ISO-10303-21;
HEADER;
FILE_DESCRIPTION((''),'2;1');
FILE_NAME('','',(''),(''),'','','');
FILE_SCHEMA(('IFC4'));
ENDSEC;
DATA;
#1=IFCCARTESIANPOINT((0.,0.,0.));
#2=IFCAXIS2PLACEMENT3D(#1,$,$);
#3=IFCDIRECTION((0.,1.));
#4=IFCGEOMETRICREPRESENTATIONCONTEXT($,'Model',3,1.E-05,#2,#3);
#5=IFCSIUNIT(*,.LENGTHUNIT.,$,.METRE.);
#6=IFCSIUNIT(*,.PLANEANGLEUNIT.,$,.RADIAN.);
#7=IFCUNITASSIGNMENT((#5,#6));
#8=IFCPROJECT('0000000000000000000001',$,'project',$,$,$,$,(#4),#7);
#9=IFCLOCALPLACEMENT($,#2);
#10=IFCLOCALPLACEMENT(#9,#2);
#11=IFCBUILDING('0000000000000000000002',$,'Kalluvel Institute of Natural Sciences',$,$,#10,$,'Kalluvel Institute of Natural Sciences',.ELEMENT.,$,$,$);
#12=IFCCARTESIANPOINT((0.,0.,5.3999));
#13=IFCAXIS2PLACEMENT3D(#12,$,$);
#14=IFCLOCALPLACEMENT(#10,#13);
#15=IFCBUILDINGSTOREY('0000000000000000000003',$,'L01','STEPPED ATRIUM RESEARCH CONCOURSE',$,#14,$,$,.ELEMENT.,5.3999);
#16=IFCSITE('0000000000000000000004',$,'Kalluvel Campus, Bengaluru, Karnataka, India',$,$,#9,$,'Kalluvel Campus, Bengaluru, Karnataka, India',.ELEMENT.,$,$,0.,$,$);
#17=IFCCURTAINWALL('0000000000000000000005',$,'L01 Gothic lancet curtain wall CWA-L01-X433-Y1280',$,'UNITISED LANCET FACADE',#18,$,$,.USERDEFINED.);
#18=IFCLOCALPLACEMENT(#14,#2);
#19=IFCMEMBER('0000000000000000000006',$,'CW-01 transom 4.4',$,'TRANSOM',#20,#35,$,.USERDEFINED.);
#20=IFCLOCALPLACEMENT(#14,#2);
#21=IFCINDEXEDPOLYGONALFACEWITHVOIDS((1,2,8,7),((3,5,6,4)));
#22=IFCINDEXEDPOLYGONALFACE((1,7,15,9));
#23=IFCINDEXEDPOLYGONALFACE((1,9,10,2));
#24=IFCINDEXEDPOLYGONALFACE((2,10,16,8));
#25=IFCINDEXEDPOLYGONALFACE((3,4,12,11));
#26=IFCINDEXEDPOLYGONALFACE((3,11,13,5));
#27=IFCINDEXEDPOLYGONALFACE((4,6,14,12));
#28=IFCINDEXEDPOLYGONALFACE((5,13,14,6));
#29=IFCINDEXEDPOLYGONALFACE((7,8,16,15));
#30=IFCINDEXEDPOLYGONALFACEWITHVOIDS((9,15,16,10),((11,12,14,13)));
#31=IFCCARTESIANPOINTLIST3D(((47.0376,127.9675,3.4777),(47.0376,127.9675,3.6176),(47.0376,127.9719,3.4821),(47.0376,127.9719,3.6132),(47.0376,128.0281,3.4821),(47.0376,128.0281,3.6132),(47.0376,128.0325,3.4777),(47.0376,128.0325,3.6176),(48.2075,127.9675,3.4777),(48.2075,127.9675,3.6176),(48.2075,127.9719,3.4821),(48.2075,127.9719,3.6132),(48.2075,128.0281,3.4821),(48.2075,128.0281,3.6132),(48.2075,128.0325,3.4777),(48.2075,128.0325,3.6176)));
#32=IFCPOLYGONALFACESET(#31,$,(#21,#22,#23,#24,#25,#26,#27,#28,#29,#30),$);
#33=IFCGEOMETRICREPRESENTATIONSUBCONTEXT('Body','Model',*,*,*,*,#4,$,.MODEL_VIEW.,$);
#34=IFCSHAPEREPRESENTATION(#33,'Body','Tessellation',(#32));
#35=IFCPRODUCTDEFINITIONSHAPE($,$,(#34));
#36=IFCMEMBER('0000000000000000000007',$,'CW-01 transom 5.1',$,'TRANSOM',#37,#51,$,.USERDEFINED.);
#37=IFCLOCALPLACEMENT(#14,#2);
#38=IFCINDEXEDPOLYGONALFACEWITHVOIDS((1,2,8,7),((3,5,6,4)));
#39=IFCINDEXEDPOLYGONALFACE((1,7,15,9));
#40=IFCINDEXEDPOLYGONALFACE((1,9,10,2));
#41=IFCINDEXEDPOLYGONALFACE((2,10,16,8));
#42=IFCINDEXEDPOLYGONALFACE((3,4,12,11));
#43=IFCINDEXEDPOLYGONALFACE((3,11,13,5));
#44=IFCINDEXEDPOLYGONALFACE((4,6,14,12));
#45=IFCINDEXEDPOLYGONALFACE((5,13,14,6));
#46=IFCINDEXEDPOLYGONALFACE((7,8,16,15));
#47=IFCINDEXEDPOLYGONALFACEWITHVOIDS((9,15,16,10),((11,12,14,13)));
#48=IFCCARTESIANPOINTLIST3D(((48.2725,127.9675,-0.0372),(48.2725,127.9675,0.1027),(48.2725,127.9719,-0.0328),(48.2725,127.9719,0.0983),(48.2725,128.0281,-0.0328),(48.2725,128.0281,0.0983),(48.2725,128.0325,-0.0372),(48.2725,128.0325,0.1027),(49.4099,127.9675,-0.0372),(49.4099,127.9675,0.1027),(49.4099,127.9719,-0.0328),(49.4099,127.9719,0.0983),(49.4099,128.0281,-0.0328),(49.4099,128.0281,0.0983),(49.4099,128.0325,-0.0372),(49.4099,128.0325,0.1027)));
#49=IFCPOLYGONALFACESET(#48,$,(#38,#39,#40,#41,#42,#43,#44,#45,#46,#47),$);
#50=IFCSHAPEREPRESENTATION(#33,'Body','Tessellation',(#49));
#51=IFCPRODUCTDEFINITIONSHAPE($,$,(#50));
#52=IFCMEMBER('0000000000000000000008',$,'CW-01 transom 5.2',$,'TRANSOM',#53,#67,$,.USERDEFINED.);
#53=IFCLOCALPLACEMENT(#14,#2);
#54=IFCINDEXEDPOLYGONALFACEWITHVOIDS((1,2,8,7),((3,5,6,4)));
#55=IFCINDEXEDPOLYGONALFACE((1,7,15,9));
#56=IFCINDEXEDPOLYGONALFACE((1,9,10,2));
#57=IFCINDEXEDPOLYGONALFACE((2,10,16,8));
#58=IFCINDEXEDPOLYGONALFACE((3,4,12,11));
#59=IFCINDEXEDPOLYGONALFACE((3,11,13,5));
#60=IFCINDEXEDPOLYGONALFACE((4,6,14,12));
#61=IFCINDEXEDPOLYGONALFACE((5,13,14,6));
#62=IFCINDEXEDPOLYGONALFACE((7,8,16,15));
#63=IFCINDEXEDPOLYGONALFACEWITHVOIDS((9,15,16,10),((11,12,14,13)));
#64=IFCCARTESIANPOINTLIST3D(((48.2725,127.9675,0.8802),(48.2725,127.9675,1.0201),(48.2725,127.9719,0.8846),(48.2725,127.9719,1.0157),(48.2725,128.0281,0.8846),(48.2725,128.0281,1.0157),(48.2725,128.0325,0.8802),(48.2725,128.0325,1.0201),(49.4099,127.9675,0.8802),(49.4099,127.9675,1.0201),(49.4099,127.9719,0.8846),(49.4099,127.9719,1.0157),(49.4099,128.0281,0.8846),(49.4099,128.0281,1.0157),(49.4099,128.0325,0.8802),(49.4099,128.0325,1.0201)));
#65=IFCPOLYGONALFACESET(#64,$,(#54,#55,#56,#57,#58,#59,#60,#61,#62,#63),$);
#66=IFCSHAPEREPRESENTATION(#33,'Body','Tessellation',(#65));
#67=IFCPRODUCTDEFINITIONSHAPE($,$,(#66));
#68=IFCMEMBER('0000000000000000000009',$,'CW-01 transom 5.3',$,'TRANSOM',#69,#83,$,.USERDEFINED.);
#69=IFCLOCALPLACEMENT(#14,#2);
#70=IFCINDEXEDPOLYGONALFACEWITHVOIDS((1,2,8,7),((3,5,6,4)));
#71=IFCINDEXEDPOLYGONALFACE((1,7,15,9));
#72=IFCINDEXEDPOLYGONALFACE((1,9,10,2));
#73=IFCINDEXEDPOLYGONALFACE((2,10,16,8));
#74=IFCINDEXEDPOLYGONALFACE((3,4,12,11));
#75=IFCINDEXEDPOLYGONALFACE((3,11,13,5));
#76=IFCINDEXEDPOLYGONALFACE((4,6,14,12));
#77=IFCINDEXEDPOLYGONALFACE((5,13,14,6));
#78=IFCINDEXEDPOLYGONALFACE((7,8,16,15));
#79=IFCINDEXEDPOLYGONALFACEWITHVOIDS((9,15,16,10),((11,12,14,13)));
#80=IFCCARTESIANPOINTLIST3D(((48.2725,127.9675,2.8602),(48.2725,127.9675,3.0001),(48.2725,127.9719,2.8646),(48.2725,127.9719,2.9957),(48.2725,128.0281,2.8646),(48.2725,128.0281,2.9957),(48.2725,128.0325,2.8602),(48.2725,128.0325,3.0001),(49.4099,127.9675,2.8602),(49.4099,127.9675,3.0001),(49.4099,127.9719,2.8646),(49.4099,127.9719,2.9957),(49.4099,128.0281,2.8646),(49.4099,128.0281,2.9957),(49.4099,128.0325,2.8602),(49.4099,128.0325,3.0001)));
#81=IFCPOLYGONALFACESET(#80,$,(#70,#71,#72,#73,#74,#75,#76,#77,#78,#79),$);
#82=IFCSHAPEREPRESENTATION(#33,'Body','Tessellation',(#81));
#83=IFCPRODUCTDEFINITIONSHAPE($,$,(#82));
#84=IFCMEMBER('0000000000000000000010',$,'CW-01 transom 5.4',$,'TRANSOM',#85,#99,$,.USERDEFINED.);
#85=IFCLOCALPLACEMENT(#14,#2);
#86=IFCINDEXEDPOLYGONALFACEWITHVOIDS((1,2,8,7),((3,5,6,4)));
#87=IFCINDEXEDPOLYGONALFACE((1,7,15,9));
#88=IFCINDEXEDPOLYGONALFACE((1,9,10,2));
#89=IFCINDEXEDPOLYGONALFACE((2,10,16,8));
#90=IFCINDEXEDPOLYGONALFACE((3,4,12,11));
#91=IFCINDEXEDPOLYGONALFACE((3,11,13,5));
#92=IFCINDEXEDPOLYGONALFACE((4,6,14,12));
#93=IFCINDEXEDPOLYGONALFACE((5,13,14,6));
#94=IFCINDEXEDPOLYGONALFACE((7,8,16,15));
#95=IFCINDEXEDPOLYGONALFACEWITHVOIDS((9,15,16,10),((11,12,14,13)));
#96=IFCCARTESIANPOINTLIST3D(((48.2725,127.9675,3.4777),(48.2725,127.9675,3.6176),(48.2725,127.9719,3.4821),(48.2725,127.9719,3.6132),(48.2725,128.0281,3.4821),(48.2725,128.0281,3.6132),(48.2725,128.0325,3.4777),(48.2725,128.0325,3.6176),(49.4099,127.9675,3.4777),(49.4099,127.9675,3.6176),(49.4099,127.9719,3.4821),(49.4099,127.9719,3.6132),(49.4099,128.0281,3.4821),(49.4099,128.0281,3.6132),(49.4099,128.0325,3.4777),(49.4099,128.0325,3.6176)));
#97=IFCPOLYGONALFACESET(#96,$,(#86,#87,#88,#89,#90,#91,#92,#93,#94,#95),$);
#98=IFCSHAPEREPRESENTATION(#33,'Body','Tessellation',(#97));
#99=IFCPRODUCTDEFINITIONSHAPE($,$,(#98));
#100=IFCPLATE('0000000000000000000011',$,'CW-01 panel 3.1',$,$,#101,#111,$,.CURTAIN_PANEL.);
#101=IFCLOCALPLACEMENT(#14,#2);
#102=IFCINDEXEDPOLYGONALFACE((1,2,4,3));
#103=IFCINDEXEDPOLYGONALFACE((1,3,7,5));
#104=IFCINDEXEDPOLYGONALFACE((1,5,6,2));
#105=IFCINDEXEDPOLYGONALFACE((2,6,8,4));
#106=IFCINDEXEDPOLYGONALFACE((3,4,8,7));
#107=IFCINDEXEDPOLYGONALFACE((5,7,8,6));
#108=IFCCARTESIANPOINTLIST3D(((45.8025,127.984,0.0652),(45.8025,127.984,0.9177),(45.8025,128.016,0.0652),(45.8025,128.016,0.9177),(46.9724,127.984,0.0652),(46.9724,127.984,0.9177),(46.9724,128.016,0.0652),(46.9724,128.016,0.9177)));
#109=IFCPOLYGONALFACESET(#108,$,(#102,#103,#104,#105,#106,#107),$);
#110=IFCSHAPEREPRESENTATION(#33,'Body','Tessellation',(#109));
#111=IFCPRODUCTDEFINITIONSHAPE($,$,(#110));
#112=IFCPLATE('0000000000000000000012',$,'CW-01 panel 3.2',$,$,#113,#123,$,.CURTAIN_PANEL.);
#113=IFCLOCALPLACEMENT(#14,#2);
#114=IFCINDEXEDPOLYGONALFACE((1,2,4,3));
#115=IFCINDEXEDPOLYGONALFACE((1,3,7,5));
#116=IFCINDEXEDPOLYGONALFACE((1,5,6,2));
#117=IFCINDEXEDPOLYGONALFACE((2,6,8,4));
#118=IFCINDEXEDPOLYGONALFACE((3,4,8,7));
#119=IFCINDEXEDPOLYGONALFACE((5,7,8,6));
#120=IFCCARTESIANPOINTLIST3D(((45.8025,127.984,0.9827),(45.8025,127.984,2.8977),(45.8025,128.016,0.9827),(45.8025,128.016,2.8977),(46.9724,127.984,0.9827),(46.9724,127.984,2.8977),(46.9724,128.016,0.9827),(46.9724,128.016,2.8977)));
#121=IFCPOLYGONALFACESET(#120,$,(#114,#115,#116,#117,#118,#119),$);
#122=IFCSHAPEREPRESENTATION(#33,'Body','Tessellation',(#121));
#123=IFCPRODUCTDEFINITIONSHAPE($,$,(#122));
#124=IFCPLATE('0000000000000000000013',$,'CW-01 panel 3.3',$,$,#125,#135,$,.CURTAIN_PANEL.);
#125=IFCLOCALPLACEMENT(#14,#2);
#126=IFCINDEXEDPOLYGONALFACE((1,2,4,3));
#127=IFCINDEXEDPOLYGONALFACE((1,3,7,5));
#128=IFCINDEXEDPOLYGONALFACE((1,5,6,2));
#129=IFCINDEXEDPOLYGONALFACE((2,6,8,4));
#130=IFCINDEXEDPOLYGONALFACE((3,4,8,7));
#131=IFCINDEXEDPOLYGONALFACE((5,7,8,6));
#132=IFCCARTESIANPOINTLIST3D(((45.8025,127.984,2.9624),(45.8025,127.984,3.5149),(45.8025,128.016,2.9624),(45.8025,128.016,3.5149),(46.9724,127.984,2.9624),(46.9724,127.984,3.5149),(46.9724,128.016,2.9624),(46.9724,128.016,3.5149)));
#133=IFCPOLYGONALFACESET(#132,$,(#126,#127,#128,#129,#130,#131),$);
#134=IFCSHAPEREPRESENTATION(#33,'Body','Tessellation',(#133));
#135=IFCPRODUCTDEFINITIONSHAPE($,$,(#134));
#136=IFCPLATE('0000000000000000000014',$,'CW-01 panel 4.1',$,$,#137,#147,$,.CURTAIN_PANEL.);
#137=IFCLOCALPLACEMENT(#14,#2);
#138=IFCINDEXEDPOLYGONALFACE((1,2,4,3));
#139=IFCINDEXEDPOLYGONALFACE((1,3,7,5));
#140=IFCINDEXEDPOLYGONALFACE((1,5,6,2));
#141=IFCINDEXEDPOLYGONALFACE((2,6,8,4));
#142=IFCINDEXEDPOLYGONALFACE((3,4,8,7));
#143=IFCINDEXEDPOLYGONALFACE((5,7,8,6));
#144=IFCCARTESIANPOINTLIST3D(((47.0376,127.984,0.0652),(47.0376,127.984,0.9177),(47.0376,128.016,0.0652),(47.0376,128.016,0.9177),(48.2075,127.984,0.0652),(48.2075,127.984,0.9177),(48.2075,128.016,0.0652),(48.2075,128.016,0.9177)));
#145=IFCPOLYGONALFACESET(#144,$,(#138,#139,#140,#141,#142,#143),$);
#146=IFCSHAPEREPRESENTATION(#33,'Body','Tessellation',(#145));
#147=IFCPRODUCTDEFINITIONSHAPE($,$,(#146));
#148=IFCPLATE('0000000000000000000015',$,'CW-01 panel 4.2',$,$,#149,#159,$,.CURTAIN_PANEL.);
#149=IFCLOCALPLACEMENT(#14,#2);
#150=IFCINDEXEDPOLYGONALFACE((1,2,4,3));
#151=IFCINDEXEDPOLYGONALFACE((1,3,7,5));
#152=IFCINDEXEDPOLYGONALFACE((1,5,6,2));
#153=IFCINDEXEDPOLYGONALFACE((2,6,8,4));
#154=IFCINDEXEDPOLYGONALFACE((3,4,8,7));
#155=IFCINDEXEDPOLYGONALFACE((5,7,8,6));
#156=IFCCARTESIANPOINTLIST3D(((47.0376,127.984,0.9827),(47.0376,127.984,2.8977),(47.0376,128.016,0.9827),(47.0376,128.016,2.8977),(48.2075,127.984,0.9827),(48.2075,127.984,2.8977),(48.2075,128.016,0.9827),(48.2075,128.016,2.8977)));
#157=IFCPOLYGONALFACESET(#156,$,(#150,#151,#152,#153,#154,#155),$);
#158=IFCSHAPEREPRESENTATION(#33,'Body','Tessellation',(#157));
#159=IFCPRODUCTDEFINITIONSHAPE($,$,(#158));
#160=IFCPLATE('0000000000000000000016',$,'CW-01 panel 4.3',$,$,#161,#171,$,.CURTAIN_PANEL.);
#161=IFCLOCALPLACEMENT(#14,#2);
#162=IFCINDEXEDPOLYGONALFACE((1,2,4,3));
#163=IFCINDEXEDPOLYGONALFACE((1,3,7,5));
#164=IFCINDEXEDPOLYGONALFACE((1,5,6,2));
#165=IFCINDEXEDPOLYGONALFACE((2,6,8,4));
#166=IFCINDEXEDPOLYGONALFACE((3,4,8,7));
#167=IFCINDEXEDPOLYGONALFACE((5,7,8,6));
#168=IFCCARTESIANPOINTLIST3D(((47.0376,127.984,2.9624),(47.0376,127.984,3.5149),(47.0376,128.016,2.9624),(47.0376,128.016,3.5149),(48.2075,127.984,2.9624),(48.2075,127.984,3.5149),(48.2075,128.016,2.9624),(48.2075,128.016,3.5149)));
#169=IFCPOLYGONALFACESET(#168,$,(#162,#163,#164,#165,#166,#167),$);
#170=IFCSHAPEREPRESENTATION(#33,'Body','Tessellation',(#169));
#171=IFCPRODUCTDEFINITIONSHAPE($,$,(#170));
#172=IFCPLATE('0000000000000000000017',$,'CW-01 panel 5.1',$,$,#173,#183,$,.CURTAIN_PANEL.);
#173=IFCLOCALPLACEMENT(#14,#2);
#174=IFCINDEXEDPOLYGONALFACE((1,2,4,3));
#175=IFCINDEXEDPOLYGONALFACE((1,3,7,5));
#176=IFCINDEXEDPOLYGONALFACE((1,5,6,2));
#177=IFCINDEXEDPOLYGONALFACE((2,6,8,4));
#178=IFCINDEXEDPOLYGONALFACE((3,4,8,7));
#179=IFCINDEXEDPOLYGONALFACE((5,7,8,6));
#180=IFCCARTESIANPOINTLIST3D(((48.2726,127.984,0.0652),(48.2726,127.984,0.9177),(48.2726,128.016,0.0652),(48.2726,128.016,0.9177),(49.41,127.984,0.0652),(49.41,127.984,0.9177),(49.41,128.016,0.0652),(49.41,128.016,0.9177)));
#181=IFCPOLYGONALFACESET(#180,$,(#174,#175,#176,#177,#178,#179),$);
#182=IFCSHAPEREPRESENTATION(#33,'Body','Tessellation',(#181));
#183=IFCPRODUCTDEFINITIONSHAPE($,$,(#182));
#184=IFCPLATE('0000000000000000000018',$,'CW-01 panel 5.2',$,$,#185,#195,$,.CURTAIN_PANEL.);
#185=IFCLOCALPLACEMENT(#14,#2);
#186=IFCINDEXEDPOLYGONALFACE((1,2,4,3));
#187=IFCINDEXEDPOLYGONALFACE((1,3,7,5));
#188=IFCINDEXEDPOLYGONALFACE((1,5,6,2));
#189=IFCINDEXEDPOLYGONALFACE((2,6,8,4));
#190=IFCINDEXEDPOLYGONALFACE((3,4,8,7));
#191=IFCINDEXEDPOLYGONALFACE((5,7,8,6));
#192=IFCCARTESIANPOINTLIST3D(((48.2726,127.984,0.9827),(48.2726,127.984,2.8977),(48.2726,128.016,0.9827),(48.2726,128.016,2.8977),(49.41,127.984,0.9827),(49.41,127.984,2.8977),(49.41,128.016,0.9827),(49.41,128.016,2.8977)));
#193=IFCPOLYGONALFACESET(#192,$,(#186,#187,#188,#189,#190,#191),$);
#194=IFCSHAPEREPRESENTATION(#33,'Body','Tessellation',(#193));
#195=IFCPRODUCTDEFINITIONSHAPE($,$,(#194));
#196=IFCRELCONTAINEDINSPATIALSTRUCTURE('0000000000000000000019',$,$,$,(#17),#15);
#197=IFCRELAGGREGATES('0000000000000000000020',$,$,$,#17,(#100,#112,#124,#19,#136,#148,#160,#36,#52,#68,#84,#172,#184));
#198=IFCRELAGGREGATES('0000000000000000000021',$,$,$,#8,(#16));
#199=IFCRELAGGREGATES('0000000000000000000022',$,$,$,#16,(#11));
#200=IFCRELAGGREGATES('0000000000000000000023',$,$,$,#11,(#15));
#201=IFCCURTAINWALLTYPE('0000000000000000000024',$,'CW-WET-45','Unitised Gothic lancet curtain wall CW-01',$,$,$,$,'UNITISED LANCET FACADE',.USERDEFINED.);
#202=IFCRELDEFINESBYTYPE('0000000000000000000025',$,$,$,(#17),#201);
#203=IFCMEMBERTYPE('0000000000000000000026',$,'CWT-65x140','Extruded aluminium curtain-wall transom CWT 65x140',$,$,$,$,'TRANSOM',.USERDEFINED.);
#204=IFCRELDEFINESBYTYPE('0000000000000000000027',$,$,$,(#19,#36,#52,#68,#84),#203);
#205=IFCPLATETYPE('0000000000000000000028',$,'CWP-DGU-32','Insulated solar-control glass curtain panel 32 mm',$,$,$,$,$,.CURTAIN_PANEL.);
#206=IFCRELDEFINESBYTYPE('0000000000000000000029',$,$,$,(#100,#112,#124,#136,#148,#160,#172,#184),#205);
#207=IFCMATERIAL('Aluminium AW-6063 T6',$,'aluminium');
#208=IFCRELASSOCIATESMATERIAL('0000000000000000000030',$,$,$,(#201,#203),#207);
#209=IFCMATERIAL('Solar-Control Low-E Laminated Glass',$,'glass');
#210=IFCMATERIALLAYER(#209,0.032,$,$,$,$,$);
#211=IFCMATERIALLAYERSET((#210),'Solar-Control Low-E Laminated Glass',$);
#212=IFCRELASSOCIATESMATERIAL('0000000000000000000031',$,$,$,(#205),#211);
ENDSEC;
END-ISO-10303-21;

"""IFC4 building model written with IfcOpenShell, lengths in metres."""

from ifc_helpers import new_model, si_unit, direction, frame, origin, origin_2d, place, context, subcontext, project, spatial, rectangle, hollow_rectangle, extrude, material, layer, layer_set, material_profile, profile_set, type_object, element, aggregate, save


model = new_model("IFC4")

# Units and contexts
model_context = context("Model", 3, precision=1e-05, world=origin(), true_north=direction((0.0, 1.0)))
body_context = subcontext(model_context, "Body", "Model", "MODEL_VIEW")
ifc_project = project(units=[si_unit("LENGTHUNIT", "METRE"), si_unit("PLANEANGLEUNIT", "RADIAN")], contexts=[model_context])

# Site, building, storey
site_placement = place(None, origin())
site = spatial("IfcSite", under=ifc_project, at=site_placement, Name="Kalluvel Campus, Bengaluru, Karnataka, India", LongName="Kalluvel Campus, Bengaluru, Karnataka, India", CompositionType="ELEMENT", RefElevation=0.0)
building_placement = place(site_placement, origin())
building = spatial("IfcBuilding", under=site, at=building_placement, Name="Kalluvel Institute of Natural Sciences", LongName="Kalluvel Institute of Natural Sciences", CompositionType="ELEMENT")
storey_placement = place(building_placement, frame((0.0, 0.0, 5.3999)))
storey = spatial("IfcBuildingStorey", under=building, at=storey_placement, Name="L01", Description="STEPPED ATRIUM RESEARCH CONCOURSE", CompositionType="ELEMENT", Elevation=5.3999)

# Curtain wall, members, plates
ifc_material_1 = material(Name="Aluminium AW-6063 T6", Category="aluminium")
curtain_wall_type = type_object("IfcCurtainWallType", Name="CW-WET-45", Description="Unitised Gothic lancet curtain wall CW-01", ElementType="UNITISED LANCET FACADE", PredefinedType="USERDEFINED", material=ifc_material_1)
curtain_wall_placement = place(storey_placement, origin())
curtain_wall = element("IfcCurtainWall", 1, at=curtain_wall_placement, inside=storey, type_object=curtain_wall_type, Name="L01 Gothic lancet curtain wall CWA-L01-X433-Y1280", ObjectType="UNITISED LANCET FACADE", PredefinedType="USERDEFINED")
ifc_material_profile_1 = material_profile(ifc_material_1, hollow_rectangle(XDim=0.0649, YDim=0.1399, WallThickness=0.0044, at=origin_2d()), Name="CWT 65x140")
ifc_profile_set_1 = profile_set([ifc_material_profile_1], Name="Aluminium AW-6063 T6")
member_type_1 = type_object("IfcMemberType", Name="CWT-65x140", Description="Extruded aluminium curtain-wall transom CWT 65x140", ElementType="TRANSOM", PredefinedType="USERDEFINED", material=ifc_profile_set_1)
member_1_placement = place(storey_placement, frame((47.0376, 128.0, 3.5476), z_axis=(1.0, 0.0, 0.0), x_axis=(0.0, 1.0, 0.0)))
member_1 = element("IfcMember", 2, at=member_1_placement, type_object=member_type_1, Name="CW-01 transom 4.4", ObjectType="TRANSOM", PredefinedType="USERDEFINED", context=body_context, shape_type="SweptSolid", body=[
    extrude(hollow_rectangle(XDim=0.0649, YDim=0.1399, WallThickness=0.0044, at=origin_2d()), origin(), (0.0, 0.0, 1.0), 1.1699),
])
member_2_placement = place(storey_placement, frame((48.2725, 128.0, 0.0327), z_axis=(1.0, 0.0, 0.0), x_axis=(0.0, 1.0, 0.0)))
member_2 = element("IfcMember", 3, at=member_2_placement, type_object=member_type_1, Name="CW-01 transom 5.1", ObjectType="TRANSOM", PredefinedType="USERDEFINED", context=body_context, shape_type="SweptSolid", body=[
    extrude(hollow_rectangle(XDim=0.0649, YDim=0.1399, WallThickness=0.0044, at=origin_2d()), origin(), (0.0, 0.0, 1.0), 1.1375),
])
member_3_placement = place(storey_placement, frame((48.2725, 128.0, 0.9502), z_axis=(1.0, 0.0, 0.0), x_axis=(0.0, 1.0, 0.0)))
member_3 = element("IfcMember", 4, at=member_3_placement, type_object=member_type_1, Name="CW-01 transom 5.2", ObjectType="TRANSOM", PredefinedType="USERDEFINED", context=body_context, shape_type="SweptSolid", body=[
    extrude(hollow_rectangle(XDim=0.0649, YDim=0.1399, WallThickness=0.0044, at=origin_2d()), origin(), (0.0, 0.0, 1.0), 1.1375),
])
member_4_placement = place(storey_placement, frame((48.2725, 128.0, 2.9302), z_axis=(1.0, 0.0, 0.0), x_axis=(0.0, 1.0, 0.0)))
member_4 = element("IfcMember", 5, at=member_4_placement, type_object=member_type_1, Name="CW-01 transom 5.3", ObjectType="TRANSOM", PredefinedType="USERDEFINED", context=body_context, shape_type="SweptSolid", body=[
    extrude(hollow_rectangle(XDim=0.0649, YDim=0.1399, WallThickness=0.0044, at=origin_2d()), origin(), (0.0, 0.0, 1.0), 1.1375),
])
member_5_placement = place(storey_placement, frame((48.2725, 128.0, 3.5476), z_axis=(1.0, 0.0, 0.0), x_axis=(0.0, 1.0, 0.0)))
member_5 = element("IfcMember", 6, at=member_5_placement, type_object=member_type_1, Name="CW-01 transom 5.4", ObjectType="TRANSOM", PredefinedType="USERDEFINED", context=body_context, shape_type="SweptSolid", body=[
    extrude(hollow_rectangle(XDim=0.0649, YDim=0.1399, WallThickness=0.0044, at=origin_2d()), origin(), (0.0, 0.0, 1.0), 1.1375),
])
ifc_material_2 = material(Name="Solar-Control Low-E Laminated Glass", Category="glass")
ifc_layer = layer(ifc_material_2, 0.032)
ifc_layer_set = layer_set([ifc_layer], Name="Solar-Control Low-E Laminated Glass")
plate_type = type_object("IfcPlateType", Name="CWP-DGU-32", Description="Insulated solar-control glass curtain panel 32 mm", PredefinedType="CURTAIN_PANEL", material=ifc_layer_set)
plate_1_placement = place(storey_placement, frame((46.3875, 128.0, 0.0652), z_axis=(0.0, 0.0, 1.0), x_axis=(1.0, 0.0, 0.0)))
plate_1 = element("IfcPlate", 7, at=plate_1_placement, type_object=plate_type, Name="CW-01 panel 3.1", PredefinedType="CURTAIN_PANEL", context=body_context, shape_type="SweptSolid", body=[
    extrude(rectangle(XDim=1.1699, YDim=0.032, at=origin_2d()), origin(), (0.0, 0.0, 1.0), 0.8525),
])
plate_2_placement = place(storey_placement, frame((46.3875, 128.0, 0.9827), z_axis=(0.0, 0.0, 1.0), x_axis=(1.0, 0.0, 0.0)))
plate_2 = element("IfcPlate", 8, at=plate_2_placement, type_object=plate_type, Name="CW-01 panel 3.2", PredefinedType="CURTAIN_PANEL", context=body_context, shape_type="SweptSolid", body=[
    extrude(rectangle(XDim=1.1699, YDim=0.032, at=origin_2d()), origin(), (0.0, 0.0, 1.0), 1.915),
])
plate_3_placement = place(storey_placement, frame((46.3875, 128.0, 2.9624), z_axis=(0.0, 0.0, 1.0), x_axis=(1.0, 0.0, 0.0)))
plate_3 = element("IfcPlate", 9, at=plate_3_placement, type_object=plate_type, Name="CW-01 panel 3.3", PredefinedType="CURTAIN_PANEL", context=body_context, shape_type="SweptSolid", body=[
    extrude(rectangle(XDim=1.1699, YDim=0.032, at=origin_2d()), origin(), (0.0, 0.0, 1.0), 0.5525),
])
plate_4_placement = place(storey_placement, frame((47.6226, 128.0, 0.0652), z_axis=(0.0, 0.0, 1.0), x_axis=(1.0, 0.0, 0.0)))
plate_4 = element("IfcPlate", 10, at=plate_4_placement, type_object=plate_type, Name="CW-01 panel 4.1", PredefinedType="CURTAIN_PANEL", context=body_context, shape_type="SweptSolid", body=[
    extrude(rectangle(XDim=1.1699, YDim=0.032, at=origin_2d()), origin(), (0.0, 0.0, 1.0), 0.8525),
])
plate_5_placement = place(storey_placement, frame((47.6226, 128.0, 0.9827), z_axis=(0.0, 0.0, 1.0), x_axis=(1.0, 0.0, 0.0)))
plate_5 = element("IfcPlate", 11, at=plate_5_placement, type_object=plate_type, Name="CW-01 panel 4.2", PredefinedType="CURTAIN_PANEL", context=body_context, shape_type="SweptSolid", body=[
    extrude(rectangle(XDim=1.1699, YDim=0.032, at=origin_2d()), origin(), (0.0, 0.0, 1.0), 1.915),
])
plate_6_placement = place(storey_placement, frame((47.6226, 128.0, 2.9624), z_axis=(0.0, 0.0, 1.0), x_axis=(1.0, 0.0, 0.0)))
plate_6 = element("IfcPlate", 12, at=plate_6_placement, type_object=plate_type, Name="CW-01 panel 4.3", PredefinedType="CURTAIN_PANEL", context=body_context, shape_type="SweptSolid", body=[
    extrude(rectangle(XDim=1.1699, YDim=0.032, at=origin_2d()), origin(), (0.0, 0.0, 1.0), 0.5525),
])
plate_7_placement = place(storey_placement, frame((48.8413, 128.0, 0.0652), z_axis=(0.0, 0.0, 1.0), x_axis=(1.0, 0.0, 0.0)))
plate_7 = element("IfcPlate", 13, at=plate_7_placement, type_object=plate_type, Name="CW-01 panel 5.1", PredefinedType="CURTAIN_PANEL", context=body_context, shape_type="SweptSolid", body=[
    extrude(rectangle(XDim=1.1375, YDim=0.032, at=origin_2d()), origin(), (0.0, 0.0, 1.0), 0.8525),
])
plate_8_placement = place(storey_placement, frame((48.8413, 128.0, 0.9827), z_axis=(0.0, 0.0, 1.0), x_axis=(1.0, 0.0, 0.0)))
plate_8 = element("IfcPlate", 14, at=plate_8_placement, type_object=plate_type, Name="CW-01 panel 5.2", PredefinedType="CURTAIN_PANEL", context=body_context, shape_type="SweptSolid", body=[
    extrude(rectangle(XDim=1.1375, YDim=0.032, at=origin_2d()), origin(), (0.0, 0.0, 1.0), 1.915),
])
aggregate(curtain_wall, [plate_1, plate_2, plate_3, member_1, plate_4, plate_5, plate_6, member_2, member_3, member_4, member_5, plate_7, plate_8])

save(model, "model.ifc")
